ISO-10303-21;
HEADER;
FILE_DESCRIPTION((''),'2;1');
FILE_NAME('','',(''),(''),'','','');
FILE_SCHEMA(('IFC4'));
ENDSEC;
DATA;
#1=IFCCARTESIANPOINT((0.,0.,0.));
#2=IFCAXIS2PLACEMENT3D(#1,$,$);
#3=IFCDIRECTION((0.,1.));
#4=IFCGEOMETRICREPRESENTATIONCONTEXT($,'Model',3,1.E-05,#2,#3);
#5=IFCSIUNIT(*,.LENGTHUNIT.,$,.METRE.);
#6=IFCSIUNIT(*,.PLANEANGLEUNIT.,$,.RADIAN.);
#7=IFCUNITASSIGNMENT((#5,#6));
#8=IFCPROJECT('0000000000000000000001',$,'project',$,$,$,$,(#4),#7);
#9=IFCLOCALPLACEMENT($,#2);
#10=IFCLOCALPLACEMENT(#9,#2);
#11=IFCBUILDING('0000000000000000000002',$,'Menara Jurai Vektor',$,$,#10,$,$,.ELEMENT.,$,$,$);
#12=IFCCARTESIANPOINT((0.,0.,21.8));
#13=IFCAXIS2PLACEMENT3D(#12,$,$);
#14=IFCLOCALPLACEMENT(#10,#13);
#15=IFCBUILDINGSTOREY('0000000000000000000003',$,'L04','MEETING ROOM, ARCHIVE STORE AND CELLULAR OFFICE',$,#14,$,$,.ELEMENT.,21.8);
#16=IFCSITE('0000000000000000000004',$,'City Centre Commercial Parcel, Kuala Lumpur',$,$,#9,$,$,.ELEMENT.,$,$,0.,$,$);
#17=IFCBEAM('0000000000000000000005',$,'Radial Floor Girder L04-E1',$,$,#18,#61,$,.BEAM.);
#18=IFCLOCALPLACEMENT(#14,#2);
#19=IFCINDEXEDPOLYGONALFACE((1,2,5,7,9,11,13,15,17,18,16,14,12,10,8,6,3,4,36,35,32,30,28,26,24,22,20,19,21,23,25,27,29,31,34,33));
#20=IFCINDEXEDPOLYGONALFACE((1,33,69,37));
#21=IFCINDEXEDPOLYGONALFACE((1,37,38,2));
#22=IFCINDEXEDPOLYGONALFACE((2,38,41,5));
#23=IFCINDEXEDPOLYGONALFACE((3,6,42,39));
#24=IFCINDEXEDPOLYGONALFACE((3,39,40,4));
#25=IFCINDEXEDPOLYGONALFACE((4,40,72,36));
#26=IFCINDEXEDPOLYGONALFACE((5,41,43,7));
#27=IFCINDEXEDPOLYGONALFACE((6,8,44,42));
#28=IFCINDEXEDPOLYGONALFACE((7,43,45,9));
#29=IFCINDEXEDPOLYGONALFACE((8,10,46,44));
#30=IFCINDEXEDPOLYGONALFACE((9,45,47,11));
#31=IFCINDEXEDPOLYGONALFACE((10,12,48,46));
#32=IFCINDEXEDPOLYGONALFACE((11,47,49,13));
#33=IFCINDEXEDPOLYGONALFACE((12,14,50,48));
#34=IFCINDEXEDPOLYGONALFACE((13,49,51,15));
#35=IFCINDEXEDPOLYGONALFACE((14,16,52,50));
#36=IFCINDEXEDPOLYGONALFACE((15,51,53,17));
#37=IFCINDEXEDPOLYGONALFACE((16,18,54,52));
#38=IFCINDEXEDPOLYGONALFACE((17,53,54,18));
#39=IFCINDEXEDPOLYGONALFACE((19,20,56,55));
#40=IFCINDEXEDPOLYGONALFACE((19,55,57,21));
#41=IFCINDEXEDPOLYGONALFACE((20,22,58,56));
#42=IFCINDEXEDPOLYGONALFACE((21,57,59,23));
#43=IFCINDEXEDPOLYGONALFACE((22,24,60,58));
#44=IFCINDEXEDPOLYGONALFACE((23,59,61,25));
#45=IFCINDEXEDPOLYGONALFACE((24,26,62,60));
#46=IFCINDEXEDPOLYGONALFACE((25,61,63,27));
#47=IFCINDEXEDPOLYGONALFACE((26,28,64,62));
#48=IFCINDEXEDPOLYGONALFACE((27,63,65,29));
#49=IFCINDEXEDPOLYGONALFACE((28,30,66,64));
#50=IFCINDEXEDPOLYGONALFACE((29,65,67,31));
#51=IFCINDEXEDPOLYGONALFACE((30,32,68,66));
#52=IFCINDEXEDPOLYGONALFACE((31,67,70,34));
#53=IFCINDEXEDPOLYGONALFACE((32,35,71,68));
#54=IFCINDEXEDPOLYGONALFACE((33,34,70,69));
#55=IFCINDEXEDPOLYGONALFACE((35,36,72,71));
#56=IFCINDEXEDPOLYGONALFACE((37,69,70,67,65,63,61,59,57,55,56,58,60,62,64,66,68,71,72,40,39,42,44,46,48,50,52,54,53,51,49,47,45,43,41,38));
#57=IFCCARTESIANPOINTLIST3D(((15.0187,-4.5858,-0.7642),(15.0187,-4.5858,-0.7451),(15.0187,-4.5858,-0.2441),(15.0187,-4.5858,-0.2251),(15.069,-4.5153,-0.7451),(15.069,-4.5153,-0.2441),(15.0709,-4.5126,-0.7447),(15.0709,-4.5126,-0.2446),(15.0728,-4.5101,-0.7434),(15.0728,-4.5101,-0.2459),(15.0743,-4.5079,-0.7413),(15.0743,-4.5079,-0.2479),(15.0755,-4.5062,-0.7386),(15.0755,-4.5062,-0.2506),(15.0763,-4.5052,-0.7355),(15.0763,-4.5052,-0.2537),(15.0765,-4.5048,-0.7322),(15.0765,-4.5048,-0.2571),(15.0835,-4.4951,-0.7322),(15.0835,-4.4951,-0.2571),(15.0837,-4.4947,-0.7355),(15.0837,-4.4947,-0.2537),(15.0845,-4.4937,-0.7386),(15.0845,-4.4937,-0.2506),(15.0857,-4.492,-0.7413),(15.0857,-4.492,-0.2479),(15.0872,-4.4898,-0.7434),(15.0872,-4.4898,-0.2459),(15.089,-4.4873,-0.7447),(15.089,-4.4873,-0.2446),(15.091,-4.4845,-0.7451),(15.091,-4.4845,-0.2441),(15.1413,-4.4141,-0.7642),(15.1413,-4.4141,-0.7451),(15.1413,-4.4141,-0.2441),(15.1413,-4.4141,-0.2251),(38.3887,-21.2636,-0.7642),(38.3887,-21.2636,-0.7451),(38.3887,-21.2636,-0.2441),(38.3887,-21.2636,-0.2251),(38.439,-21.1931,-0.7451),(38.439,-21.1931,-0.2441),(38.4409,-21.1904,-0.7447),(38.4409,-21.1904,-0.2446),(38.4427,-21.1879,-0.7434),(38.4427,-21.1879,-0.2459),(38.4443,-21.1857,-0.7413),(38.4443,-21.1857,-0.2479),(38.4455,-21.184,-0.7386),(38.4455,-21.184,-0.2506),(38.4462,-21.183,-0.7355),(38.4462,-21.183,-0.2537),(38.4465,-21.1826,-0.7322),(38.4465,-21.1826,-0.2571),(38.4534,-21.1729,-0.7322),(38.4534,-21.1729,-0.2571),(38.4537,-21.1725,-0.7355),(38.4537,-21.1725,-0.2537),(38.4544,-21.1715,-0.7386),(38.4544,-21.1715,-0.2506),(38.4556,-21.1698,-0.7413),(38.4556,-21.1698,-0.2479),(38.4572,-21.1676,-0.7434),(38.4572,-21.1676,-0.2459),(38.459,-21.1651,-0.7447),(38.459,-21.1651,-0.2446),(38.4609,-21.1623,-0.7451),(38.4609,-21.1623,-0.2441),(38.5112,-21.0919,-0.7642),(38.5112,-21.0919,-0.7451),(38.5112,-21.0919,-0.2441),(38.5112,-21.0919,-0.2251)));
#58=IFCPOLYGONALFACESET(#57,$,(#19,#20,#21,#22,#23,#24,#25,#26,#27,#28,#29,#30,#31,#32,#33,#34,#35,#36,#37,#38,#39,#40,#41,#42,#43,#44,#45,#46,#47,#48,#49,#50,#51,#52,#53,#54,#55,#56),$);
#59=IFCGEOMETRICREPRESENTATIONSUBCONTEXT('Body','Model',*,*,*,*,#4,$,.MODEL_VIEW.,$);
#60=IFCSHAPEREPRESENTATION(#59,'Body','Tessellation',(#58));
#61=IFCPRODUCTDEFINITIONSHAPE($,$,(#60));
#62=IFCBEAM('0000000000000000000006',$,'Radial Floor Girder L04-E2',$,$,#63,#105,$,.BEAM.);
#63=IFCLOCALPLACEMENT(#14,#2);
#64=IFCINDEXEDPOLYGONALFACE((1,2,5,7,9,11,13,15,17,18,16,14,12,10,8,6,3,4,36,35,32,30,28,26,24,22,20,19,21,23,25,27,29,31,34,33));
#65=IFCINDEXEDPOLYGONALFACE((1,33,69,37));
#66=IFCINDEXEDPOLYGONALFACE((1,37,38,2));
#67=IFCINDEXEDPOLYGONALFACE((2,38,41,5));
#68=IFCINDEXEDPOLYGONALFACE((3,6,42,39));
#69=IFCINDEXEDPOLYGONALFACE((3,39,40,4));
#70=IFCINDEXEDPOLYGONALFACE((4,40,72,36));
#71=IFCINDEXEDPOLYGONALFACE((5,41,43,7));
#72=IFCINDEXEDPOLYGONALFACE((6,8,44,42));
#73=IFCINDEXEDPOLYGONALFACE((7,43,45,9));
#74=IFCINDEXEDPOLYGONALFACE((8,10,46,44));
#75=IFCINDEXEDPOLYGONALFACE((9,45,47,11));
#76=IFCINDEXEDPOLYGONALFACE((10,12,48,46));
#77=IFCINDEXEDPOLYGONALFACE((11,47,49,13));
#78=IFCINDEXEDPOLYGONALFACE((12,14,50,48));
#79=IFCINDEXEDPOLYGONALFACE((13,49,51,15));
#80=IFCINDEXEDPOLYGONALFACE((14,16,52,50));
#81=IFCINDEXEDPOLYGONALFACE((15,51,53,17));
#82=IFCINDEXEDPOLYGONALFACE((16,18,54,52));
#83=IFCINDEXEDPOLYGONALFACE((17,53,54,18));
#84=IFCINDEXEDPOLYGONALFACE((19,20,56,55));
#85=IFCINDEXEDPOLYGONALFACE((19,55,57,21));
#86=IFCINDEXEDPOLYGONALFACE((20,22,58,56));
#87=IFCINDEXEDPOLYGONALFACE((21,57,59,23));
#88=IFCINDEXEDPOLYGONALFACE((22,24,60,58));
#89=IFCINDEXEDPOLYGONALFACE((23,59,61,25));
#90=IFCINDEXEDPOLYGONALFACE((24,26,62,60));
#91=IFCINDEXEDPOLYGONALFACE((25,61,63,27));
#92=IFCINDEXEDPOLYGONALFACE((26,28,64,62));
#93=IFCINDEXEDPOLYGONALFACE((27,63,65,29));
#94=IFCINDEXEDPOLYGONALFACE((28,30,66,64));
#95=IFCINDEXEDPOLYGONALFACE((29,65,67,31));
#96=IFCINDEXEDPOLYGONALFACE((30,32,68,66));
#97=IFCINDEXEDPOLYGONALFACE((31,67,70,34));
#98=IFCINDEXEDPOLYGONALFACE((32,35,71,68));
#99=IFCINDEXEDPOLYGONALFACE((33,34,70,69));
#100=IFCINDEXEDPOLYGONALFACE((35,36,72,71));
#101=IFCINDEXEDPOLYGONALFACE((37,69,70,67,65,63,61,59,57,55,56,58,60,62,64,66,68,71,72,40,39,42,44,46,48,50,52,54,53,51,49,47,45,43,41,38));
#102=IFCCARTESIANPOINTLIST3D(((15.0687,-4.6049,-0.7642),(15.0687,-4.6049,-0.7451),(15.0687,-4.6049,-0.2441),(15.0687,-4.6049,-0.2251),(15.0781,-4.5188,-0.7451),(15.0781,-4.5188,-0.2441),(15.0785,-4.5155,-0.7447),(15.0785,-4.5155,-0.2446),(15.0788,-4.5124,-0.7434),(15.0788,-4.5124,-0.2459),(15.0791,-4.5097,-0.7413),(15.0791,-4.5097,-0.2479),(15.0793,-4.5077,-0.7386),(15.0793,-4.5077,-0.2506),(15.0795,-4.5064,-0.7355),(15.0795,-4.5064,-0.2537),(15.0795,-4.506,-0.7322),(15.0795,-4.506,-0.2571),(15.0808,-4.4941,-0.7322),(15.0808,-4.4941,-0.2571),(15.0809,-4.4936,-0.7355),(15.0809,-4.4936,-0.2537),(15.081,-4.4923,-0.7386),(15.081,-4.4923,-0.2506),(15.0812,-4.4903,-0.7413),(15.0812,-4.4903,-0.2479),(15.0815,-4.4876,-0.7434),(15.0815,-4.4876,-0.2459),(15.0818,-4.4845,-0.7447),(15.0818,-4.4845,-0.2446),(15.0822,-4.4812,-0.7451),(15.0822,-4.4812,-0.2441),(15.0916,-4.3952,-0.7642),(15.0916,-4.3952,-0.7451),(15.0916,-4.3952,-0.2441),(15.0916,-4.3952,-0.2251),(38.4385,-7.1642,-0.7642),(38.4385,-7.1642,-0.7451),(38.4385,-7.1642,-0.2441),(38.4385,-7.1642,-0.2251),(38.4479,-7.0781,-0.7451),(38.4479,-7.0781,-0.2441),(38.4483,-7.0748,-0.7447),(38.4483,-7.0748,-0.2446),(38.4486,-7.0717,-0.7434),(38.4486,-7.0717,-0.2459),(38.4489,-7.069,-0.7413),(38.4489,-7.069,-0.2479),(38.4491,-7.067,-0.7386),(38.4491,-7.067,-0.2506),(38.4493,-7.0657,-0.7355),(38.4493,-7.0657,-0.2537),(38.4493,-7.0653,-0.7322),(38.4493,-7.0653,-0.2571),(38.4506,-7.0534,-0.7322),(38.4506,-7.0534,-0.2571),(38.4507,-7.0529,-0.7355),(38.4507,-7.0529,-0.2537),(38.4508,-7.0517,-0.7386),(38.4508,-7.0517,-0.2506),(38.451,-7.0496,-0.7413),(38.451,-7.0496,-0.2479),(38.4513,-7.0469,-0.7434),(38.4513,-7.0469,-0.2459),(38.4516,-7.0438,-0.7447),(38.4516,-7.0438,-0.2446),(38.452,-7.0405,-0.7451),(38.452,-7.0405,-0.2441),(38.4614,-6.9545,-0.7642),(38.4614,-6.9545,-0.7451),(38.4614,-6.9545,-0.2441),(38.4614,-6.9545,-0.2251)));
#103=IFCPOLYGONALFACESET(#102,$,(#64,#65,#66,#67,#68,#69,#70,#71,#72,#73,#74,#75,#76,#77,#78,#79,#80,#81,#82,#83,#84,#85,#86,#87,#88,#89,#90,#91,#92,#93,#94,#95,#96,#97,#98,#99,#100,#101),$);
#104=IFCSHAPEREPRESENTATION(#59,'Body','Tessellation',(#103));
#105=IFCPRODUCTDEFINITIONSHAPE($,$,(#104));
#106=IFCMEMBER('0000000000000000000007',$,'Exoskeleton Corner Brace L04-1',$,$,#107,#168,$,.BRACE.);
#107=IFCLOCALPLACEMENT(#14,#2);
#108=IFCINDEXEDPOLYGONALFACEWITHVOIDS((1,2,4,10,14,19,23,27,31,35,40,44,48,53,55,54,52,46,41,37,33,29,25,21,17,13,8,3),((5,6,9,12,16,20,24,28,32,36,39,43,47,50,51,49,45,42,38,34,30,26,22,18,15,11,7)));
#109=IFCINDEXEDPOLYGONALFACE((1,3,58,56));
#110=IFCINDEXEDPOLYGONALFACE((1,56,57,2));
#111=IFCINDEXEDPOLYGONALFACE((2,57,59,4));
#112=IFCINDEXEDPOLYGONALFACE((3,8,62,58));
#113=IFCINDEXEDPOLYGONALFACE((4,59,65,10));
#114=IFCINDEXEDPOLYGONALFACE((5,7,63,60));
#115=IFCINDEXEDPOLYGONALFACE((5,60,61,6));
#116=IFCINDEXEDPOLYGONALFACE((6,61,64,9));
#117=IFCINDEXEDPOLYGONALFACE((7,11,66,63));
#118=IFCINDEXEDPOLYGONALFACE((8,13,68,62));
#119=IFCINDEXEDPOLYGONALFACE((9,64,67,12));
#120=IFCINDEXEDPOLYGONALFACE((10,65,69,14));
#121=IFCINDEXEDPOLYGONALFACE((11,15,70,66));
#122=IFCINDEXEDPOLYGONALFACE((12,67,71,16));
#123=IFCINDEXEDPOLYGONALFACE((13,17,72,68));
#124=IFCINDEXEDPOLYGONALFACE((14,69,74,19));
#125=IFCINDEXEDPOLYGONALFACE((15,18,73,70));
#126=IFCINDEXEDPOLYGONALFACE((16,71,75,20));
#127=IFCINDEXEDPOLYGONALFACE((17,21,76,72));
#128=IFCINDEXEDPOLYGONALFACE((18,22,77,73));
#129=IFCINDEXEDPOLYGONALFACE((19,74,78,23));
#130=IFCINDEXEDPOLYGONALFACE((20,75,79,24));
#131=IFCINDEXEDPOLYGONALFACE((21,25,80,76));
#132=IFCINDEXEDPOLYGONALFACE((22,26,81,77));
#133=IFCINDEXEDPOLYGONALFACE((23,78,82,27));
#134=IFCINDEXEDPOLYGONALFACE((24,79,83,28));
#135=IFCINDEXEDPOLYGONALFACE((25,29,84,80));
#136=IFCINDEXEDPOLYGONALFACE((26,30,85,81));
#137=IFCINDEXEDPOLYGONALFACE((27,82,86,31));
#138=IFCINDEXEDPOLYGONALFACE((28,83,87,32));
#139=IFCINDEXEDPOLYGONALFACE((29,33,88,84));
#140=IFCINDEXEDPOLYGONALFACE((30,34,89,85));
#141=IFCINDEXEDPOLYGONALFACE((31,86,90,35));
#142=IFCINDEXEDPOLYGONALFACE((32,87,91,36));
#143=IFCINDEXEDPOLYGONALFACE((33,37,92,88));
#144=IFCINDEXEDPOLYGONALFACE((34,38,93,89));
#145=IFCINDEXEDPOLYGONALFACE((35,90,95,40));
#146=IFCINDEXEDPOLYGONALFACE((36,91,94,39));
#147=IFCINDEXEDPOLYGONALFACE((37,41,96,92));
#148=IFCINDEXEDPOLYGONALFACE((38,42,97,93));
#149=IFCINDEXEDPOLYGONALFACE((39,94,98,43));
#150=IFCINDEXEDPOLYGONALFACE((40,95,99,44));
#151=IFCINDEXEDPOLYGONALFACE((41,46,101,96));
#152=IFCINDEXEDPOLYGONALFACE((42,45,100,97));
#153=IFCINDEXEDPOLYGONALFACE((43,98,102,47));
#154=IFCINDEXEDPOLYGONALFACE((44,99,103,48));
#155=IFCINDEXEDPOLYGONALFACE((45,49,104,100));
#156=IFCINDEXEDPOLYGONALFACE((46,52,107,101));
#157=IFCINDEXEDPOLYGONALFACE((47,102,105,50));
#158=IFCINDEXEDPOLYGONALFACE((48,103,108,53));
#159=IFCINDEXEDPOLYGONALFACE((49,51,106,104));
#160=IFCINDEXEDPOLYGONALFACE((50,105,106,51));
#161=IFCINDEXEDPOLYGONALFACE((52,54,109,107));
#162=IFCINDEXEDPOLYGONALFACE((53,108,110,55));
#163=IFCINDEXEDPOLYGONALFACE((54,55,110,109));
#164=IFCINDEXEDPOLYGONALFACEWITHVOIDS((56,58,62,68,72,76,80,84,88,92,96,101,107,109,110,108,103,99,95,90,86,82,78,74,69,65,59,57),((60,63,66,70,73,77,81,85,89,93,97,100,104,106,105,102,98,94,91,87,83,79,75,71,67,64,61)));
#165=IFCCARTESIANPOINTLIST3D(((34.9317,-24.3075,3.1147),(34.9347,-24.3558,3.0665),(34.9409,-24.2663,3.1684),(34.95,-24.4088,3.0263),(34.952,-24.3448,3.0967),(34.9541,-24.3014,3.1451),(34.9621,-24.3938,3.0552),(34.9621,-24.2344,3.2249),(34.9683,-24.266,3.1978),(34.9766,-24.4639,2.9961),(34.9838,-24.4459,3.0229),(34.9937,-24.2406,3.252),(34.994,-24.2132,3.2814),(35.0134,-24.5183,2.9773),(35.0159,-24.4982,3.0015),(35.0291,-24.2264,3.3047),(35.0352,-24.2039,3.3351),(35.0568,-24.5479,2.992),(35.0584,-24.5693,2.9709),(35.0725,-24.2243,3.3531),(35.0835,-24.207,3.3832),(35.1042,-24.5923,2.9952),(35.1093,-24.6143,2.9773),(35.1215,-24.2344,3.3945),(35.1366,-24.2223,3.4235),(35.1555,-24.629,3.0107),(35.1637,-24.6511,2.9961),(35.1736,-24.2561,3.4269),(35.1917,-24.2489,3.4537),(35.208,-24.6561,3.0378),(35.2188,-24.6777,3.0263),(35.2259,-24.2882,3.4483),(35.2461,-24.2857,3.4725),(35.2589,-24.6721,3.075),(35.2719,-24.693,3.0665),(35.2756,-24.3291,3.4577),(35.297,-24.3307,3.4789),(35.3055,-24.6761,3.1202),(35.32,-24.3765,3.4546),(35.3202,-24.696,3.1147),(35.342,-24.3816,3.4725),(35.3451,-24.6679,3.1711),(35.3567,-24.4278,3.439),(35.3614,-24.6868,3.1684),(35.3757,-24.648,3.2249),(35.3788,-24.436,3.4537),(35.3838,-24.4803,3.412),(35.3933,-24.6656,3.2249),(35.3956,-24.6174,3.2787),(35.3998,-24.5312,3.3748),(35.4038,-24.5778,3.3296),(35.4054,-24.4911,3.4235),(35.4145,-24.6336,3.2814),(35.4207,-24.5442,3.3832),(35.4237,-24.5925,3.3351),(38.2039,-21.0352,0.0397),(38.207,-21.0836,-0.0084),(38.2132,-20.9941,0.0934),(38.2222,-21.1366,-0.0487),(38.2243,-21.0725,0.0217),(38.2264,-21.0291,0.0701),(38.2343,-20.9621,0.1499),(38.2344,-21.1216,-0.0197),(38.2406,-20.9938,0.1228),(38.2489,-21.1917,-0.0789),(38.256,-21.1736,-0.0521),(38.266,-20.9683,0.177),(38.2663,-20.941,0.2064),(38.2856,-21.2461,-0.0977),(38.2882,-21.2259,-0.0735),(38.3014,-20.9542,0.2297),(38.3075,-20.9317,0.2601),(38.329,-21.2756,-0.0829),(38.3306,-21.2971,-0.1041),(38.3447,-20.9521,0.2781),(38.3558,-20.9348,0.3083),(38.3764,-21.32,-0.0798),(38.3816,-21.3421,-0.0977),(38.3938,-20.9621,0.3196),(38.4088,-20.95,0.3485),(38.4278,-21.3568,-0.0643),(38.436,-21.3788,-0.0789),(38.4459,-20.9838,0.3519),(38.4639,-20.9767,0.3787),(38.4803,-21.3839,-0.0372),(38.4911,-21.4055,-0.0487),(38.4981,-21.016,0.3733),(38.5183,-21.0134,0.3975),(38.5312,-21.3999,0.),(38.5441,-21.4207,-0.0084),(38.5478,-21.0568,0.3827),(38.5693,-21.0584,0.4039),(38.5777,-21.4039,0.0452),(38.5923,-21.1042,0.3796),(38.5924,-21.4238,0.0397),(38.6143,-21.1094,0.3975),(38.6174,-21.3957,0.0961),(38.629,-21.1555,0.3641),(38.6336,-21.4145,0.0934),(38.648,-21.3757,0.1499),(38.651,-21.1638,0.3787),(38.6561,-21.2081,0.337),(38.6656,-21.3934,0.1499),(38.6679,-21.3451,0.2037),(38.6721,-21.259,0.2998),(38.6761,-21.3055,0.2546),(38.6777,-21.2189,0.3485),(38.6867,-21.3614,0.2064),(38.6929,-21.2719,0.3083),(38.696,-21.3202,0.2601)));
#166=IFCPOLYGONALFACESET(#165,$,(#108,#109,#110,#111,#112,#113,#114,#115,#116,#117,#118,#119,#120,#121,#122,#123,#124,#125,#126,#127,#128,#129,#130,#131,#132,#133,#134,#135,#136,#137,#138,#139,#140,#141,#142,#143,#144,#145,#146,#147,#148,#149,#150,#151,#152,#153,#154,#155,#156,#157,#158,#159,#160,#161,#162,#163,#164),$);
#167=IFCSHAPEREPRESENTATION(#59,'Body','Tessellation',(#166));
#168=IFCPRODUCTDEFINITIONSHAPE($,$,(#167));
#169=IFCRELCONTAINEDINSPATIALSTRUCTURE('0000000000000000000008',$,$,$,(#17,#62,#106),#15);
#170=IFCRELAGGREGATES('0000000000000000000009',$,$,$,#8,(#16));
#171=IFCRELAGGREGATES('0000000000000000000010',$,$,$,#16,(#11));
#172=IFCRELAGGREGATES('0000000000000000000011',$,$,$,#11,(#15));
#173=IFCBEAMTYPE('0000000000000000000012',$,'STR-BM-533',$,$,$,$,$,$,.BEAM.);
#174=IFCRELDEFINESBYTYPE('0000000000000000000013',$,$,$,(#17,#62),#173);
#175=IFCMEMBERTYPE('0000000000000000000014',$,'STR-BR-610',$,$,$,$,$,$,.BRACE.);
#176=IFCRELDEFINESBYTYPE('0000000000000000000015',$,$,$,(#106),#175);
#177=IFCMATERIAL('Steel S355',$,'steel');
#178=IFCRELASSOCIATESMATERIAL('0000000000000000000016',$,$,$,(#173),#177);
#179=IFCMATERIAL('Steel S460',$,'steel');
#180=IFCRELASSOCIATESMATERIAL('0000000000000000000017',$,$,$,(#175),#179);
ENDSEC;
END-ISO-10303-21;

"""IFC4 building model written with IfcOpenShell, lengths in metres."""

from ifc_helpers import new_model, si_unit, direction, frame, origin, origin_2d, place, context, subcontext, project, spatial, hollow_circle, i_section, extrude, material, material_profile, profile_set, type_object, element, save


model = new_model("IFC4")

# Units and contexts
model_context = context("Model", 3, precision=1e-05, world=origin(), true_north=direction((0.0, 1.0)))
body_context = subcontext(model_context, "Body", "Model", "MODEL_VIEW")
ifc_project = project(units=[si_unit("LENGTHUNIT", "METRE"), si_unit("PLANEANGLEUNIT", "RADIAN")], contexts=[model_context])

# Site, building, storey
site_placement = place(None, origin())
site = spatial("IfcSite", under=ifc_project, at=site_placement, Name="City Centre Commercial Parcel, Kuala Lumpur", CompositionType="ELEMENT", RefElevation=0.0)
building_placement = place(site_placement, origin())
building = spatial("IfcBuilding", under=site, at=building_placement, Name="Menara Jurai Vektor", CompositionType="ELEMENT")
storey_placement = place(building_placement, frame((0.0, 0.0, 21.8)))
storey = spatial("IfcBuildingStorey", under=building, at=storey_placement, Name="L04", Description="MEETING ROOM, ARCHIVE STORE AND CELLULAR OFFICE", CompositionType="ELEMENT", Elevation=21.8)

# Shared definitions
ifc_material_1 = material(Name="Steel S460", Category="steel")

# Beams
ifc_material_2 = material(Name="Steel S355", Category="steel")
ifc_material_profile_1 = material_profile(ifc_material_2, i_section(OverallWidth=0.2109, OverallDepth=0.5391, WebThickness=0.012, FlangeThickness=0.019, FilletRadius=0.0129, at=origin_2d()), Name="UKB 533x210x109")
ifc_profile_set_1 = profile_set([ifc_material_profile_1], Name="Steel S355")
beam_type_1 = type_object("IfcBeamType", Name="STR-BM-533", PredefinedType="BEAM", material=ifc_profile_set_1)
beam_1_placement = place(storey_placement, frame((38.45, -21.1777, -0.4946), z_axis=(-0.813981, 0.580891, 0.0), x_axis=(-0.580891, -0.813981, 0.0)))
element("IfcBeam", 1, at=beam_1_placement, inside=storey, type_object=beam_type_1, Name="Radial Floor Girder L04-E1", PredefinedType="BEAM", context=body_context, shape_type="SweptSolid", body=[
    extrude(i_section(OverallWidth=0.2109, OverallDepth=0.5391, WebThickness=0.012, FlangeThickness=0.019, FilletRadius=0.0129, at=origin_2d()), origin(), (0.0, 0.0, 1.0), 28.7107),
])
beam_2_placement = place(storey_placement, frame((38.45, -7.0593, -0.4946), z_axis=(-0.994057, 0.108863, 0.0), x_axis=(-0.108863, -0.994057, 0.0)))
element("IfcBeam", 2, at=beam_2_placement, inside=storey, type_object=beam_type_1, Name="Radial Floor Girder L04-E2", PredefinedType="BEAM", context=body_context, shape_type="SweptSolid", body=[
    extrude(i_section(OverallWidth=0.2109, OverallDepth=0.5391, WebThickness=0.012, FlangeThickness=0.019, FilletRadius=0.0129, at=origin_2d()), origin(), (0.0, 0.0, 1.0), 23.5095),
])

# Member
ifc_material_profile_2 = material_profile(ifc_material_1, hollow_circle(Radius=0.3049, WallThickness=0.0249, at=origin_2d()), Name="CHS 610x25")
ifc_profile_set_2 = profile_set([ifc_material_profile_2], Name="Steel S460")
member_type_1 = type_object("IfcMemberType", Name="STR-BR-610", PredefinedType="BRACE", material=ifc_profile_set_2)
member_1_placement = place(storey_placement, frame((38.45, -21.1777, 0.1499), z_axis=(-0.588942, -0.588942, 0.553438), x_axis=(0.707107, -0.707107, 0.0)))
element("IfcMember", 3, at=member_1_placement, inside=storey, type_object=member_type_1, Name="Exoskeleton Corner Brace L04-1", PredefinedType="BRACE", context=body_context, shape_type="SweptSolid", body=[
    extrude(hollow_circle(Radius=0.3049, WallThickness=0.0249, at=origin_2d()), origin(), (0.0, 0.0, 1.0), 5.5562),
])

save(model, "model.ifc")
